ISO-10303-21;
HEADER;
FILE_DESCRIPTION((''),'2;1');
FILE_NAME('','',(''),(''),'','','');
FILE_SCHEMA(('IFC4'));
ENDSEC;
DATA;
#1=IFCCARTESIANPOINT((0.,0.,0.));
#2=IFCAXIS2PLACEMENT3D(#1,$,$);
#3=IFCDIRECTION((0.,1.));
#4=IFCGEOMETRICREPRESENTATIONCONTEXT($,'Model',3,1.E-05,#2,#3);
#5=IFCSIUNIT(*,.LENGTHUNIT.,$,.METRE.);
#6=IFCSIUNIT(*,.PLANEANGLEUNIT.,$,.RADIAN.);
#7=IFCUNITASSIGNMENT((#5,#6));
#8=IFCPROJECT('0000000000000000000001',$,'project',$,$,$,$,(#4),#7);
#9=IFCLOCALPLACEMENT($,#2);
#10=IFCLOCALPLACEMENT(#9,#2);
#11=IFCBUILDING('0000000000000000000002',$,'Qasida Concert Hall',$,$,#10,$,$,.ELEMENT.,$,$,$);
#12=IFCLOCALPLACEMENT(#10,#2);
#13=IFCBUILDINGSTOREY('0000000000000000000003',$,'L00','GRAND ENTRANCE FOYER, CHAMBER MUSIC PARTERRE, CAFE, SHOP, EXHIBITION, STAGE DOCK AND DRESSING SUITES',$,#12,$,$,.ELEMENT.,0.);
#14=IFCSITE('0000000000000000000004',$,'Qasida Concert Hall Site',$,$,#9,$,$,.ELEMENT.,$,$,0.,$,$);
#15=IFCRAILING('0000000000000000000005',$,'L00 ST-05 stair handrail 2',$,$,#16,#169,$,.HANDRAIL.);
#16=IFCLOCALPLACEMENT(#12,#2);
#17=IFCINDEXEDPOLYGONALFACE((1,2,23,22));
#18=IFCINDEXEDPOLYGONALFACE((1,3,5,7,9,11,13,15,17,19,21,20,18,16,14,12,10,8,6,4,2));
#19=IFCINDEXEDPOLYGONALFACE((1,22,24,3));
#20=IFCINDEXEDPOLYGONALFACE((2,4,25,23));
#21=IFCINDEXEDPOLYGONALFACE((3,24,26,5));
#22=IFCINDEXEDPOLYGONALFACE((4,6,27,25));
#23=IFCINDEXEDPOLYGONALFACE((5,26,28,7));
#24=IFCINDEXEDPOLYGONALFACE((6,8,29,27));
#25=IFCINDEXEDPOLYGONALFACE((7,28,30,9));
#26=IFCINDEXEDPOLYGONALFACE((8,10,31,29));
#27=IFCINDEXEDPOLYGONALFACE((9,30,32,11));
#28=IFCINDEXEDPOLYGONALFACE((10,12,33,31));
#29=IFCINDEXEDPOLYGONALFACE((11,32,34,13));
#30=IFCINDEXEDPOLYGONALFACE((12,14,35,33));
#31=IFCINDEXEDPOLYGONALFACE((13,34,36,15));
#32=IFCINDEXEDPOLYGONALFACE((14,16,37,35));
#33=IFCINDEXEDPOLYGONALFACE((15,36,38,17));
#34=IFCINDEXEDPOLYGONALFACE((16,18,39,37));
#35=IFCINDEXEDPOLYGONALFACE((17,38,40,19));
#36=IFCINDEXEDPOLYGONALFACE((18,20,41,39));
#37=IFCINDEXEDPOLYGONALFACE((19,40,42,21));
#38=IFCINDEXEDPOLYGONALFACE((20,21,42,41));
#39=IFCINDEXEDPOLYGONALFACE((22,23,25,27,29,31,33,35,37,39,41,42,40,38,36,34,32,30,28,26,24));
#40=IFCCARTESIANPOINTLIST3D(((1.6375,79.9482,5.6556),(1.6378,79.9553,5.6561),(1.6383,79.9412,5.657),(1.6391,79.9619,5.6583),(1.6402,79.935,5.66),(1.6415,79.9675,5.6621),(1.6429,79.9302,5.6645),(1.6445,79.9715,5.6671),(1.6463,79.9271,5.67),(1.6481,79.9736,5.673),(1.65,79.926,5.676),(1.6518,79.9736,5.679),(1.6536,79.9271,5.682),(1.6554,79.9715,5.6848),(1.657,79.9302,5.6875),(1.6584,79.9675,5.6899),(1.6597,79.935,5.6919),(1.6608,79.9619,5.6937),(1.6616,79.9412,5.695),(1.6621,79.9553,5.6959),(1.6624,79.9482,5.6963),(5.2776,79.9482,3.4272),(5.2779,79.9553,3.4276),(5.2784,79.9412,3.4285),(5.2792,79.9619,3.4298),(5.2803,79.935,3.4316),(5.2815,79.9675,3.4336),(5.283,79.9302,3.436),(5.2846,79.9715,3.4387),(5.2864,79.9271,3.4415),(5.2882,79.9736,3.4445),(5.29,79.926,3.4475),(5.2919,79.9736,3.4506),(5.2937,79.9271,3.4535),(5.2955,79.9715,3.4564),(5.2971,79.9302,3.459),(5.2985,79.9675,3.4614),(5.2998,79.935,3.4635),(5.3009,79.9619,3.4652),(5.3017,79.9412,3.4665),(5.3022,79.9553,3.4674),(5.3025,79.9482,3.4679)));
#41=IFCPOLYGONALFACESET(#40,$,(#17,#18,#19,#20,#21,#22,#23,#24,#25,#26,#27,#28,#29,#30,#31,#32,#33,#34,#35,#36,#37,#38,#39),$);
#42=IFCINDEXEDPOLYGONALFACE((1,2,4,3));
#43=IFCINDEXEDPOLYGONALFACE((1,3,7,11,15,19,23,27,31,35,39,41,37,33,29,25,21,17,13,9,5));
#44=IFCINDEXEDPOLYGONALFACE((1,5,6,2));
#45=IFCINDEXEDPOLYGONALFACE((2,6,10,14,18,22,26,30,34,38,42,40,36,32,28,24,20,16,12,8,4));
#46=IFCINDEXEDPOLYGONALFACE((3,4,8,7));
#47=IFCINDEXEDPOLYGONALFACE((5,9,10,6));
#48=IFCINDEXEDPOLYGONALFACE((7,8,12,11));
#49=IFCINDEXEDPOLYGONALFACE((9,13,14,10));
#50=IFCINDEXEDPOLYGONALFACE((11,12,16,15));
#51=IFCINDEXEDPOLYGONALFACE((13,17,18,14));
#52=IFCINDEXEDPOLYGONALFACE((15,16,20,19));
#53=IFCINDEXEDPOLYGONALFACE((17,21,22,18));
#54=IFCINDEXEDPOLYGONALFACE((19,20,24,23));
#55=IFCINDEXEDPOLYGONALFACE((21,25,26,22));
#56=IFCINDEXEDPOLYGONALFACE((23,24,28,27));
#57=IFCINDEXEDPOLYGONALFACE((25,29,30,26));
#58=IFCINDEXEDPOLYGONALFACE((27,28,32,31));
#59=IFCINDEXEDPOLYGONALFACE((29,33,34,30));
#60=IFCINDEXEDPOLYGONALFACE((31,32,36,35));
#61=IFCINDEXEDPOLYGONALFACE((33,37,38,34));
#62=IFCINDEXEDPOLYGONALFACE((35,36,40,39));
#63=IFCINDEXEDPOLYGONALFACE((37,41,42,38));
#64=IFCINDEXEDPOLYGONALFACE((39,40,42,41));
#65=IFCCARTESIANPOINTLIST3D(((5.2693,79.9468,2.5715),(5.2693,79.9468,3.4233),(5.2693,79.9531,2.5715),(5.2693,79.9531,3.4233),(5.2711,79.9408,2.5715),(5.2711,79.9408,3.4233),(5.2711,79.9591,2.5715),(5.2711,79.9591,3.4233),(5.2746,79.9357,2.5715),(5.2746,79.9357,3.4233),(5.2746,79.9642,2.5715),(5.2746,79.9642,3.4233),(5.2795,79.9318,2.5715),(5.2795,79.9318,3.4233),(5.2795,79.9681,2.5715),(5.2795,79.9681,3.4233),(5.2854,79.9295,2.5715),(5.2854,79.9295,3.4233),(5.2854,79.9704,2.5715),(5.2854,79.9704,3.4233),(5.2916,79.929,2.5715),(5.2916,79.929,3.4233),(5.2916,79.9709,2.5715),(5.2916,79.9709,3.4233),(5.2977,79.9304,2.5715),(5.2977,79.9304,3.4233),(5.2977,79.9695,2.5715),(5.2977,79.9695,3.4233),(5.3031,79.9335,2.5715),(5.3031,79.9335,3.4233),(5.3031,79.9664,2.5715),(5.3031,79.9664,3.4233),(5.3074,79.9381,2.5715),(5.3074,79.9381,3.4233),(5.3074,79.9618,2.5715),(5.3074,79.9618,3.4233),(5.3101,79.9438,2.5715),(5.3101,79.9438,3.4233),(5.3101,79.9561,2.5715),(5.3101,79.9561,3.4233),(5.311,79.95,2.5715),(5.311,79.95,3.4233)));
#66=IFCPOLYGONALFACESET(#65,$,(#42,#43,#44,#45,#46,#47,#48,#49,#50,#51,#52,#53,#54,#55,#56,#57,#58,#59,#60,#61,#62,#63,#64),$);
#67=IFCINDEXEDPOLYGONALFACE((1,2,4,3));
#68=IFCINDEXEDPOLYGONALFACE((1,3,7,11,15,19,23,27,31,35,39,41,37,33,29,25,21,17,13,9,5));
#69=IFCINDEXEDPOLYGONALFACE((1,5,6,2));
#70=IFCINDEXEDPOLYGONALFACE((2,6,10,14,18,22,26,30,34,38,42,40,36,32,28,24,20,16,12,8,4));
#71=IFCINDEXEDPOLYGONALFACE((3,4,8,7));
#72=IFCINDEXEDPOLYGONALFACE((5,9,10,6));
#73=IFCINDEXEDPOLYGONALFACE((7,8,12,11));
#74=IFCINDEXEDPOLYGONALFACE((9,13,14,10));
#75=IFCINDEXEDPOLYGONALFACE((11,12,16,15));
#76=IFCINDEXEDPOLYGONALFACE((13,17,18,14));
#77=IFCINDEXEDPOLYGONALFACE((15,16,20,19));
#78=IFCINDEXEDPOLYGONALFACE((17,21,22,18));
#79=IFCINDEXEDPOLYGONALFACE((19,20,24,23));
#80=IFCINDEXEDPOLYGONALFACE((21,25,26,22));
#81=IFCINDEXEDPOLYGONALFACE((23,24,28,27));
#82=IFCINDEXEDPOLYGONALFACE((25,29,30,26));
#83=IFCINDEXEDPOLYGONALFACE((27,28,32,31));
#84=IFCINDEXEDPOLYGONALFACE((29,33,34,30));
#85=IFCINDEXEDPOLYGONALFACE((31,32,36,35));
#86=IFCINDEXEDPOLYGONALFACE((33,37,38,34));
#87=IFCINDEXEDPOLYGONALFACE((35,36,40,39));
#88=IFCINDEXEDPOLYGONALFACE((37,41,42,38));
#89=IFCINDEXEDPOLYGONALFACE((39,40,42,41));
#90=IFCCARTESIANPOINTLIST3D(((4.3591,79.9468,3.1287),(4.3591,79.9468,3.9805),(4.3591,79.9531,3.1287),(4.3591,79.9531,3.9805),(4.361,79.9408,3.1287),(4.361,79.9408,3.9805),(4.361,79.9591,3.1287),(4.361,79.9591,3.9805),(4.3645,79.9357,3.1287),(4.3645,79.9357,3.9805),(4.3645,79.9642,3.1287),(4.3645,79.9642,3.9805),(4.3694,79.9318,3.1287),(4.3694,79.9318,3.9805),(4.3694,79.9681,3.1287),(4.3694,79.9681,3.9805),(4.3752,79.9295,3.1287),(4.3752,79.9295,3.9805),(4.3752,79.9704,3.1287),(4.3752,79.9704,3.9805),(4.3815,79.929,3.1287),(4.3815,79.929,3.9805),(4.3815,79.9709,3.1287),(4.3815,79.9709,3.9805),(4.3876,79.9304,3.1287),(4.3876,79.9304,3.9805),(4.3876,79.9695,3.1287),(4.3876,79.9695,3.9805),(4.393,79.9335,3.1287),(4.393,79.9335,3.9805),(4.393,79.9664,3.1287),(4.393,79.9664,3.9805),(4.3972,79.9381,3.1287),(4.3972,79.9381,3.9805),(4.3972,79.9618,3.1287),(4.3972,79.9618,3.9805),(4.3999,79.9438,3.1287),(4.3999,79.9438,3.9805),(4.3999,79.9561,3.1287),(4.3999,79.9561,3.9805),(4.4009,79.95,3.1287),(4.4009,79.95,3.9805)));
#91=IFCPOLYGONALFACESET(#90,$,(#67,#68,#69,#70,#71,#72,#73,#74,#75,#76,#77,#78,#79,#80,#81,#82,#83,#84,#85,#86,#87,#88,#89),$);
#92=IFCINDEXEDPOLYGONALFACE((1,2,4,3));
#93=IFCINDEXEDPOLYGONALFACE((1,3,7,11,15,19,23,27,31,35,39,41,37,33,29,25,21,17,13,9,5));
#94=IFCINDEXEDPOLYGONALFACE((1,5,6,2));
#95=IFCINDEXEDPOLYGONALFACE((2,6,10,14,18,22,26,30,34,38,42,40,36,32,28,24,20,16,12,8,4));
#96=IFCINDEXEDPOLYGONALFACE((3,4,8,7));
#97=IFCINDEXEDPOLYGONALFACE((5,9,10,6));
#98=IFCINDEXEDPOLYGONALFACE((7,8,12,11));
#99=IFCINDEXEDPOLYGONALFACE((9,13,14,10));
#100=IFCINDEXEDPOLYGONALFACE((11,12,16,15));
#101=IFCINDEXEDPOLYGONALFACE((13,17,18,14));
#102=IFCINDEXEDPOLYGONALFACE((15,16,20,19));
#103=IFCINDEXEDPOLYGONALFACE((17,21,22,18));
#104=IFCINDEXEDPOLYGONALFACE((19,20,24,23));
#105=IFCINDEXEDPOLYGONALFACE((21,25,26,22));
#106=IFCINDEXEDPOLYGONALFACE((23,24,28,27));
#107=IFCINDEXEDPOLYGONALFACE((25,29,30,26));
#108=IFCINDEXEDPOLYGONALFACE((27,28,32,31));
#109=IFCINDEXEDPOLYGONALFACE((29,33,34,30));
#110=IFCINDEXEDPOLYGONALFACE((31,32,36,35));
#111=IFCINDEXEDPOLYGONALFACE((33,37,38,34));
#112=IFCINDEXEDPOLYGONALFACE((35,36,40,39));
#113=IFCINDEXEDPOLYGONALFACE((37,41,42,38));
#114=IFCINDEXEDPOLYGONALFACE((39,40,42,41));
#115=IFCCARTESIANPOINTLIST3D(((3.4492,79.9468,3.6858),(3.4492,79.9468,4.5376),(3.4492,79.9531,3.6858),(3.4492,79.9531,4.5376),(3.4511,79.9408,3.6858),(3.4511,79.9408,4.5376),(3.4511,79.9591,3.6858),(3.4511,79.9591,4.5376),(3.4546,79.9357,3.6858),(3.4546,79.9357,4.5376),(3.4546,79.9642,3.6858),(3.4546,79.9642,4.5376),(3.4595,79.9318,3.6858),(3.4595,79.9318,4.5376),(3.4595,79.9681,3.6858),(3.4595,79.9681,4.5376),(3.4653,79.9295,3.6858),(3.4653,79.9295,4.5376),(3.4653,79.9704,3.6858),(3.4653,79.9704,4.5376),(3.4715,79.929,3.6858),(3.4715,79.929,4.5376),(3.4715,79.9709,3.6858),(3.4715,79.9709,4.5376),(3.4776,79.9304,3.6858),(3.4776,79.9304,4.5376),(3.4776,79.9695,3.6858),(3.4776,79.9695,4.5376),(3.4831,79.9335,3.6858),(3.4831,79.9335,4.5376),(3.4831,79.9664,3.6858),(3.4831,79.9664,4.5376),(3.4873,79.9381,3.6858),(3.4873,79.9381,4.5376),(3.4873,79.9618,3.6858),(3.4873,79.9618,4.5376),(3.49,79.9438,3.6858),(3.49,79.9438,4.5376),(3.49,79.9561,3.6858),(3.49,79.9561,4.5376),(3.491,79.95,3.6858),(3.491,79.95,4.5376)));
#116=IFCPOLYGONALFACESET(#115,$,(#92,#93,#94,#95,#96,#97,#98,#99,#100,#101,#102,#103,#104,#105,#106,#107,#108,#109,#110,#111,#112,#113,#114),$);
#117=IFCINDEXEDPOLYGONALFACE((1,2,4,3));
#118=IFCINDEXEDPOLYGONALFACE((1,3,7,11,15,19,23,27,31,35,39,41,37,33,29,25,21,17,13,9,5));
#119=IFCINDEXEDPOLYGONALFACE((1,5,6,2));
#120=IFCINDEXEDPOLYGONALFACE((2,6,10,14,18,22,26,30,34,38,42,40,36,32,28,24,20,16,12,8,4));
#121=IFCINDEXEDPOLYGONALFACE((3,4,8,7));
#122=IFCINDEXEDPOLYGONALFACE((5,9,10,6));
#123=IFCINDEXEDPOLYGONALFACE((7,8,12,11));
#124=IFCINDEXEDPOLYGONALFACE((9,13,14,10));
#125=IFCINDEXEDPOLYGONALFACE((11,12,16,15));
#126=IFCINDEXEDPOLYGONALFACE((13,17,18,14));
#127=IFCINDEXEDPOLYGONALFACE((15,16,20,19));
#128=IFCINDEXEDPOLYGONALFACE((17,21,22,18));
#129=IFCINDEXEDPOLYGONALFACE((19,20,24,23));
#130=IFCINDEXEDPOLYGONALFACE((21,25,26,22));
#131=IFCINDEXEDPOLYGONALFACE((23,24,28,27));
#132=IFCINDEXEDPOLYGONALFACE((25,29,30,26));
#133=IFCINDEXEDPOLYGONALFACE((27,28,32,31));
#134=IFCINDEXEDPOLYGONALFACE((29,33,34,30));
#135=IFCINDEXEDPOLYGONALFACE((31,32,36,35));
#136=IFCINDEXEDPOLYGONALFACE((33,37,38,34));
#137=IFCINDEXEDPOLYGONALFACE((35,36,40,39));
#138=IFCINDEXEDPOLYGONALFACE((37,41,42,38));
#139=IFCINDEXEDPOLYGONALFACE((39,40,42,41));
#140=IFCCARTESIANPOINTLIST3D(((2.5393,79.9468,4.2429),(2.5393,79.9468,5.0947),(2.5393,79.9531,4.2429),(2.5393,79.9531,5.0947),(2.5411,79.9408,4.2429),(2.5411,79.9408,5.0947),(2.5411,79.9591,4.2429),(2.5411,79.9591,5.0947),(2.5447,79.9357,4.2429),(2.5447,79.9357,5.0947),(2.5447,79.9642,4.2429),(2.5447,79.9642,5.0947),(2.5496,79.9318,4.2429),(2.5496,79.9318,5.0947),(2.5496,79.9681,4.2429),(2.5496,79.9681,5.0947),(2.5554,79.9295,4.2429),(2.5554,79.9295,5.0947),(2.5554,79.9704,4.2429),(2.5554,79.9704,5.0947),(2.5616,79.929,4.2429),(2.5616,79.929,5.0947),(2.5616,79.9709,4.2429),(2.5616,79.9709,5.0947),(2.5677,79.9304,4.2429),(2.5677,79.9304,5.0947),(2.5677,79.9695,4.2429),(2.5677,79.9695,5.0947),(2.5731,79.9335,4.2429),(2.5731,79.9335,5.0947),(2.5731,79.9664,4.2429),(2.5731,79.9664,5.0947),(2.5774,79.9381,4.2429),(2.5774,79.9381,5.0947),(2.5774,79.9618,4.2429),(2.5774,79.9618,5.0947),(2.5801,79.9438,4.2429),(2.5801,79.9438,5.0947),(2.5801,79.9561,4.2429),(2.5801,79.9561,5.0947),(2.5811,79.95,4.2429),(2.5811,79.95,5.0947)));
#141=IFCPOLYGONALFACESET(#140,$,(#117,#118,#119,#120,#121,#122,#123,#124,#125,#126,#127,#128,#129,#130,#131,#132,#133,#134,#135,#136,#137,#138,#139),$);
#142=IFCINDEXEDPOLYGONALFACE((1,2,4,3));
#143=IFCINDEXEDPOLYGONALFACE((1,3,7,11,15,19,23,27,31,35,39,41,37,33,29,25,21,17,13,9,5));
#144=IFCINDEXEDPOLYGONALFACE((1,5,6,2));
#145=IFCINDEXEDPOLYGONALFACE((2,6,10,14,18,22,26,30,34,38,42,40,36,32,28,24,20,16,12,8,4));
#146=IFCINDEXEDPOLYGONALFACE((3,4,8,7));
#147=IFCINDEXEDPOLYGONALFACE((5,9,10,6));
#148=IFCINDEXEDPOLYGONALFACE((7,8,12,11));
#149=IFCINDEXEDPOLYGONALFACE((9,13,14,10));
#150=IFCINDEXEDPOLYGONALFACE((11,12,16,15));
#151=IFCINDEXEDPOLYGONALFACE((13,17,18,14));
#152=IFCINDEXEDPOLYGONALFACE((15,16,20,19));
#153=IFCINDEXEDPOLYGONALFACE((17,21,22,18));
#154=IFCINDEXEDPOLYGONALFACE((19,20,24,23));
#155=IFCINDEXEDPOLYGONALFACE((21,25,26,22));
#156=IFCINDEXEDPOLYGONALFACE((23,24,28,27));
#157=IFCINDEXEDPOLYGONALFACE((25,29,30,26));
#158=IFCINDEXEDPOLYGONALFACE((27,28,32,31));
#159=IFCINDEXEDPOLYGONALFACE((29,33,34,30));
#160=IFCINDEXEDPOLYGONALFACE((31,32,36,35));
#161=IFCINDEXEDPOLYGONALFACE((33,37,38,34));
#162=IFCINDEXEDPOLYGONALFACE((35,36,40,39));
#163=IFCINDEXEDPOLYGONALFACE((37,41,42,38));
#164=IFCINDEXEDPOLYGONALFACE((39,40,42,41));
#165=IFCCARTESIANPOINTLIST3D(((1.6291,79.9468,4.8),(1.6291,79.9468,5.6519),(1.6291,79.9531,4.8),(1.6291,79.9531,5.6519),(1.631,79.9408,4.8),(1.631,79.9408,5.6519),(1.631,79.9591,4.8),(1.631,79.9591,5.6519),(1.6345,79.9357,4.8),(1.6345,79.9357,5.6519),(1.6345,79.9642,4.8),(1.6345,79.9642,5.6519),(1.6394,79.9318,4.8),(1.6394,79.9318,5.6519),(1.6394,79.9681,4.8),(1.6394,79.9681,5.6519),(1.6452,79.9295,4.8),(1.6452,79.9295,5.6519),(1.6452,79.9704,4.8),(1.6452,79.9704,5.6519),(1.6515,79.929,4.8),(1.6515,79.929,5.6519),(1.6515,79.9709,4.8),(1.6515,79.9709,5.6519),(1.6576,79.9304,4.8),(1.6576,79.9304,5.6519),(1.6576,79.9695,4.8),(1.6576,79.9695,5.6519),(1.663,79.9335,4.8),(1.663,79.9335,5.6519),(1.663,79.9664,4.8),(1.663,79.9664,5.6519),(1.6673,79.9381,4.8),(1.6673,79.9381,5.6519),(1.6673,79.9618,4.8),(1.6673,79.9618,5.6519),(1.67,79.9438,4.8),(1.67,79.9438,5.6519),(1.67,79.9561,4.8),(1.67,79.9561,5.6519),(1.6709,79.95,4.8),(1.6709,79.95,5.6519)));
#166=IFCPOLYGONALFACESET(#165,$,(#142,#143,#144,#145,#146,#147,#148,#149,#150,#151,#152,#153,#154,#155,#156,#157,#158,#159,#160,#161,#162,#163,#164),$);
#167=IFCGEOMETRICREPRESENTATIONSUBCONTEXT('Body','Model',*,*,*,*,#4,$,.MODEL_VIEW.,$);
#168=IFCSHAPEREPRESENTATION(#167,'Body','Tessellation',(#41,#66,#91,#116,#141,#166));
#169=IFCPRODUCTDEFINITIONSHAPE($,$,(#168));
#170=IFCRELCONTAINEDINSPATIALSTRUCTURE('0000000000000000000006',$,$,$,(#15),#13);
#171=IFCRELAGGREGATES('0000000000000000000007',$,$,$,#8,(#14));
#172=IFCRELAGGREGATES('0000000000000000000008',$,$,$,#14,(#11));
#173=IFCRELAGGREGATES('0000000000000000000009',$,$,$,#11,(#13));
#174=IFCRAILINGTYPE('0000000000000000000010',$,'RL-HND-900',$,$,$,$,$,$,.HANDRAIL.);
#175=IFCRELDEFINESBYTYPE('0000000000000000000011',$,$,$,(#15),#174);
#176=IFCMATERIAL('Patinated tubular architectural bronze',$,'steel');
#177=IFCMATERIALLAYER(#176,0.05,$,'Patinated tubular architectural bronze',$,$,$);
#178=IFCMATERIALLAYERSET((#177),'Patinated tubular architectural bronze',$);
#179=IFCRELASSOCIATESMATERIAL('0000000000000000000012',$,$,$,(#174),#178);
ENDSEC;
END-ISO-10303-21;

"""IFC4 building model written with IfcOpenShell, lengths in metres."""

from ifc_helpers import new_model, si_unit, direction, frame, origin, origin_2d, place, context, subcontext, project, spatial, circle, extrude, material, layer, layer_set, type_object, element, save


model = new_model("IFC4")

# Units and contexts
model_context = context("Model", 3, precision=1e-05, world=origin(), true_north=direction((0.0, 1.0)))
body_context = subcontext(model_context, "Body", "Model", "MODEL_VIEW")
ifc_project = project(units=[si_unit("LENGTHUNIT", "METRE"), si_unit("PLANEANGLEUNIT", "RADIAN")], contexts=[model_context])

# Site, building, storey
site_placement = place(None, origin())
site = spatial("IfcSite", under=ifc_project, at=site_placement, Name="Qasida Concert Hall Site", CompositionType="ELEMENT", RefElevation=0.0)
building_placement = place(site_placement, origin())
building = spatial("IfcBuilding", under=site, at=building_placement, Name="Qasida Concert Hall", CompositionType="ELEMENT")
storey_placement = place(building_placement, origin())
storey = spatial("IfcBuildingStorey", under=building, at=storey_placement, Name="L00", Description="GRAND ENTRANCE FOYER, CHAMBER MUSIC PARTERRE, CAFE, SHOP, EXHIBITION, STAGE DOCK AND DRESSING SUITES", CompositionType="ELEMENT", Elevation=0.0)

# Railing
ifc_material_1 = material(Name="Patinated tubular architectural bronze", Category="steel")
ifc_layer_1 = layer(ifc_material_1, 0.05, Name="Patinated tubular architectural bronze")
ifc_layer_set_1 = layer_set([ifc_layer_1], Name="Patinated tubular architectural bronze")
railing_type_1 = type_object("IfcRailingType", Name="RL-HND-900", PredefinedType="HANDRAIL", material=ifc_layer_set_1)
railing_1_placement = place(storey_placement, frame((5.29, 79.95, 2.5715)))
element("IfcRailing", 1, at=railing_1_placement, inside=storey, type_object=railing_type_1, Name="L00 ST-05 stair handrail 2", PredefinedType="HANDRAIL", context=body_context, shape_type="SweptSolid", body=[
    extrude(circle(Radius=0.0239, at=origin_2d()), frame((0.0, 0.0, 0.876), z_axis=(-0.852866, 0.0, 0.52213), x_axis=(0.0, -1.0, 0.0)), (0.0, 0.0, 1.0), 4.2681),
    extrude(circle(Radius=0.021, at=origin_2d()), origin(), (0.0, 0.0, 1.0), 0.8518),
    extrude(circle(Radius=0.021, at=origin_2d()), frame((-0.9102, 0.0, 0.5571)), (0.0, 0.0, 1.0), 0.8518),
    extrude(circle(Radius=0.021, at=origin_2d()), frame((-1.8201, 0.0, 1.1143)), (0.0, 0.0, 1.0), 0.8518),
    extrude(circle(Radius=0.021, at=origin_2d()), frame((-2.73, 0.0, 1.6714)), (0.0, 0.0, 1.0), 0.8518),
    extrude(circle(Radius=0.021, at=origin_2d()), frame((-3.6401, 0.0, 2.2285)), (0.0, 0.0, 1.0), 0.8518),
])

save(model, "model.ifc")
